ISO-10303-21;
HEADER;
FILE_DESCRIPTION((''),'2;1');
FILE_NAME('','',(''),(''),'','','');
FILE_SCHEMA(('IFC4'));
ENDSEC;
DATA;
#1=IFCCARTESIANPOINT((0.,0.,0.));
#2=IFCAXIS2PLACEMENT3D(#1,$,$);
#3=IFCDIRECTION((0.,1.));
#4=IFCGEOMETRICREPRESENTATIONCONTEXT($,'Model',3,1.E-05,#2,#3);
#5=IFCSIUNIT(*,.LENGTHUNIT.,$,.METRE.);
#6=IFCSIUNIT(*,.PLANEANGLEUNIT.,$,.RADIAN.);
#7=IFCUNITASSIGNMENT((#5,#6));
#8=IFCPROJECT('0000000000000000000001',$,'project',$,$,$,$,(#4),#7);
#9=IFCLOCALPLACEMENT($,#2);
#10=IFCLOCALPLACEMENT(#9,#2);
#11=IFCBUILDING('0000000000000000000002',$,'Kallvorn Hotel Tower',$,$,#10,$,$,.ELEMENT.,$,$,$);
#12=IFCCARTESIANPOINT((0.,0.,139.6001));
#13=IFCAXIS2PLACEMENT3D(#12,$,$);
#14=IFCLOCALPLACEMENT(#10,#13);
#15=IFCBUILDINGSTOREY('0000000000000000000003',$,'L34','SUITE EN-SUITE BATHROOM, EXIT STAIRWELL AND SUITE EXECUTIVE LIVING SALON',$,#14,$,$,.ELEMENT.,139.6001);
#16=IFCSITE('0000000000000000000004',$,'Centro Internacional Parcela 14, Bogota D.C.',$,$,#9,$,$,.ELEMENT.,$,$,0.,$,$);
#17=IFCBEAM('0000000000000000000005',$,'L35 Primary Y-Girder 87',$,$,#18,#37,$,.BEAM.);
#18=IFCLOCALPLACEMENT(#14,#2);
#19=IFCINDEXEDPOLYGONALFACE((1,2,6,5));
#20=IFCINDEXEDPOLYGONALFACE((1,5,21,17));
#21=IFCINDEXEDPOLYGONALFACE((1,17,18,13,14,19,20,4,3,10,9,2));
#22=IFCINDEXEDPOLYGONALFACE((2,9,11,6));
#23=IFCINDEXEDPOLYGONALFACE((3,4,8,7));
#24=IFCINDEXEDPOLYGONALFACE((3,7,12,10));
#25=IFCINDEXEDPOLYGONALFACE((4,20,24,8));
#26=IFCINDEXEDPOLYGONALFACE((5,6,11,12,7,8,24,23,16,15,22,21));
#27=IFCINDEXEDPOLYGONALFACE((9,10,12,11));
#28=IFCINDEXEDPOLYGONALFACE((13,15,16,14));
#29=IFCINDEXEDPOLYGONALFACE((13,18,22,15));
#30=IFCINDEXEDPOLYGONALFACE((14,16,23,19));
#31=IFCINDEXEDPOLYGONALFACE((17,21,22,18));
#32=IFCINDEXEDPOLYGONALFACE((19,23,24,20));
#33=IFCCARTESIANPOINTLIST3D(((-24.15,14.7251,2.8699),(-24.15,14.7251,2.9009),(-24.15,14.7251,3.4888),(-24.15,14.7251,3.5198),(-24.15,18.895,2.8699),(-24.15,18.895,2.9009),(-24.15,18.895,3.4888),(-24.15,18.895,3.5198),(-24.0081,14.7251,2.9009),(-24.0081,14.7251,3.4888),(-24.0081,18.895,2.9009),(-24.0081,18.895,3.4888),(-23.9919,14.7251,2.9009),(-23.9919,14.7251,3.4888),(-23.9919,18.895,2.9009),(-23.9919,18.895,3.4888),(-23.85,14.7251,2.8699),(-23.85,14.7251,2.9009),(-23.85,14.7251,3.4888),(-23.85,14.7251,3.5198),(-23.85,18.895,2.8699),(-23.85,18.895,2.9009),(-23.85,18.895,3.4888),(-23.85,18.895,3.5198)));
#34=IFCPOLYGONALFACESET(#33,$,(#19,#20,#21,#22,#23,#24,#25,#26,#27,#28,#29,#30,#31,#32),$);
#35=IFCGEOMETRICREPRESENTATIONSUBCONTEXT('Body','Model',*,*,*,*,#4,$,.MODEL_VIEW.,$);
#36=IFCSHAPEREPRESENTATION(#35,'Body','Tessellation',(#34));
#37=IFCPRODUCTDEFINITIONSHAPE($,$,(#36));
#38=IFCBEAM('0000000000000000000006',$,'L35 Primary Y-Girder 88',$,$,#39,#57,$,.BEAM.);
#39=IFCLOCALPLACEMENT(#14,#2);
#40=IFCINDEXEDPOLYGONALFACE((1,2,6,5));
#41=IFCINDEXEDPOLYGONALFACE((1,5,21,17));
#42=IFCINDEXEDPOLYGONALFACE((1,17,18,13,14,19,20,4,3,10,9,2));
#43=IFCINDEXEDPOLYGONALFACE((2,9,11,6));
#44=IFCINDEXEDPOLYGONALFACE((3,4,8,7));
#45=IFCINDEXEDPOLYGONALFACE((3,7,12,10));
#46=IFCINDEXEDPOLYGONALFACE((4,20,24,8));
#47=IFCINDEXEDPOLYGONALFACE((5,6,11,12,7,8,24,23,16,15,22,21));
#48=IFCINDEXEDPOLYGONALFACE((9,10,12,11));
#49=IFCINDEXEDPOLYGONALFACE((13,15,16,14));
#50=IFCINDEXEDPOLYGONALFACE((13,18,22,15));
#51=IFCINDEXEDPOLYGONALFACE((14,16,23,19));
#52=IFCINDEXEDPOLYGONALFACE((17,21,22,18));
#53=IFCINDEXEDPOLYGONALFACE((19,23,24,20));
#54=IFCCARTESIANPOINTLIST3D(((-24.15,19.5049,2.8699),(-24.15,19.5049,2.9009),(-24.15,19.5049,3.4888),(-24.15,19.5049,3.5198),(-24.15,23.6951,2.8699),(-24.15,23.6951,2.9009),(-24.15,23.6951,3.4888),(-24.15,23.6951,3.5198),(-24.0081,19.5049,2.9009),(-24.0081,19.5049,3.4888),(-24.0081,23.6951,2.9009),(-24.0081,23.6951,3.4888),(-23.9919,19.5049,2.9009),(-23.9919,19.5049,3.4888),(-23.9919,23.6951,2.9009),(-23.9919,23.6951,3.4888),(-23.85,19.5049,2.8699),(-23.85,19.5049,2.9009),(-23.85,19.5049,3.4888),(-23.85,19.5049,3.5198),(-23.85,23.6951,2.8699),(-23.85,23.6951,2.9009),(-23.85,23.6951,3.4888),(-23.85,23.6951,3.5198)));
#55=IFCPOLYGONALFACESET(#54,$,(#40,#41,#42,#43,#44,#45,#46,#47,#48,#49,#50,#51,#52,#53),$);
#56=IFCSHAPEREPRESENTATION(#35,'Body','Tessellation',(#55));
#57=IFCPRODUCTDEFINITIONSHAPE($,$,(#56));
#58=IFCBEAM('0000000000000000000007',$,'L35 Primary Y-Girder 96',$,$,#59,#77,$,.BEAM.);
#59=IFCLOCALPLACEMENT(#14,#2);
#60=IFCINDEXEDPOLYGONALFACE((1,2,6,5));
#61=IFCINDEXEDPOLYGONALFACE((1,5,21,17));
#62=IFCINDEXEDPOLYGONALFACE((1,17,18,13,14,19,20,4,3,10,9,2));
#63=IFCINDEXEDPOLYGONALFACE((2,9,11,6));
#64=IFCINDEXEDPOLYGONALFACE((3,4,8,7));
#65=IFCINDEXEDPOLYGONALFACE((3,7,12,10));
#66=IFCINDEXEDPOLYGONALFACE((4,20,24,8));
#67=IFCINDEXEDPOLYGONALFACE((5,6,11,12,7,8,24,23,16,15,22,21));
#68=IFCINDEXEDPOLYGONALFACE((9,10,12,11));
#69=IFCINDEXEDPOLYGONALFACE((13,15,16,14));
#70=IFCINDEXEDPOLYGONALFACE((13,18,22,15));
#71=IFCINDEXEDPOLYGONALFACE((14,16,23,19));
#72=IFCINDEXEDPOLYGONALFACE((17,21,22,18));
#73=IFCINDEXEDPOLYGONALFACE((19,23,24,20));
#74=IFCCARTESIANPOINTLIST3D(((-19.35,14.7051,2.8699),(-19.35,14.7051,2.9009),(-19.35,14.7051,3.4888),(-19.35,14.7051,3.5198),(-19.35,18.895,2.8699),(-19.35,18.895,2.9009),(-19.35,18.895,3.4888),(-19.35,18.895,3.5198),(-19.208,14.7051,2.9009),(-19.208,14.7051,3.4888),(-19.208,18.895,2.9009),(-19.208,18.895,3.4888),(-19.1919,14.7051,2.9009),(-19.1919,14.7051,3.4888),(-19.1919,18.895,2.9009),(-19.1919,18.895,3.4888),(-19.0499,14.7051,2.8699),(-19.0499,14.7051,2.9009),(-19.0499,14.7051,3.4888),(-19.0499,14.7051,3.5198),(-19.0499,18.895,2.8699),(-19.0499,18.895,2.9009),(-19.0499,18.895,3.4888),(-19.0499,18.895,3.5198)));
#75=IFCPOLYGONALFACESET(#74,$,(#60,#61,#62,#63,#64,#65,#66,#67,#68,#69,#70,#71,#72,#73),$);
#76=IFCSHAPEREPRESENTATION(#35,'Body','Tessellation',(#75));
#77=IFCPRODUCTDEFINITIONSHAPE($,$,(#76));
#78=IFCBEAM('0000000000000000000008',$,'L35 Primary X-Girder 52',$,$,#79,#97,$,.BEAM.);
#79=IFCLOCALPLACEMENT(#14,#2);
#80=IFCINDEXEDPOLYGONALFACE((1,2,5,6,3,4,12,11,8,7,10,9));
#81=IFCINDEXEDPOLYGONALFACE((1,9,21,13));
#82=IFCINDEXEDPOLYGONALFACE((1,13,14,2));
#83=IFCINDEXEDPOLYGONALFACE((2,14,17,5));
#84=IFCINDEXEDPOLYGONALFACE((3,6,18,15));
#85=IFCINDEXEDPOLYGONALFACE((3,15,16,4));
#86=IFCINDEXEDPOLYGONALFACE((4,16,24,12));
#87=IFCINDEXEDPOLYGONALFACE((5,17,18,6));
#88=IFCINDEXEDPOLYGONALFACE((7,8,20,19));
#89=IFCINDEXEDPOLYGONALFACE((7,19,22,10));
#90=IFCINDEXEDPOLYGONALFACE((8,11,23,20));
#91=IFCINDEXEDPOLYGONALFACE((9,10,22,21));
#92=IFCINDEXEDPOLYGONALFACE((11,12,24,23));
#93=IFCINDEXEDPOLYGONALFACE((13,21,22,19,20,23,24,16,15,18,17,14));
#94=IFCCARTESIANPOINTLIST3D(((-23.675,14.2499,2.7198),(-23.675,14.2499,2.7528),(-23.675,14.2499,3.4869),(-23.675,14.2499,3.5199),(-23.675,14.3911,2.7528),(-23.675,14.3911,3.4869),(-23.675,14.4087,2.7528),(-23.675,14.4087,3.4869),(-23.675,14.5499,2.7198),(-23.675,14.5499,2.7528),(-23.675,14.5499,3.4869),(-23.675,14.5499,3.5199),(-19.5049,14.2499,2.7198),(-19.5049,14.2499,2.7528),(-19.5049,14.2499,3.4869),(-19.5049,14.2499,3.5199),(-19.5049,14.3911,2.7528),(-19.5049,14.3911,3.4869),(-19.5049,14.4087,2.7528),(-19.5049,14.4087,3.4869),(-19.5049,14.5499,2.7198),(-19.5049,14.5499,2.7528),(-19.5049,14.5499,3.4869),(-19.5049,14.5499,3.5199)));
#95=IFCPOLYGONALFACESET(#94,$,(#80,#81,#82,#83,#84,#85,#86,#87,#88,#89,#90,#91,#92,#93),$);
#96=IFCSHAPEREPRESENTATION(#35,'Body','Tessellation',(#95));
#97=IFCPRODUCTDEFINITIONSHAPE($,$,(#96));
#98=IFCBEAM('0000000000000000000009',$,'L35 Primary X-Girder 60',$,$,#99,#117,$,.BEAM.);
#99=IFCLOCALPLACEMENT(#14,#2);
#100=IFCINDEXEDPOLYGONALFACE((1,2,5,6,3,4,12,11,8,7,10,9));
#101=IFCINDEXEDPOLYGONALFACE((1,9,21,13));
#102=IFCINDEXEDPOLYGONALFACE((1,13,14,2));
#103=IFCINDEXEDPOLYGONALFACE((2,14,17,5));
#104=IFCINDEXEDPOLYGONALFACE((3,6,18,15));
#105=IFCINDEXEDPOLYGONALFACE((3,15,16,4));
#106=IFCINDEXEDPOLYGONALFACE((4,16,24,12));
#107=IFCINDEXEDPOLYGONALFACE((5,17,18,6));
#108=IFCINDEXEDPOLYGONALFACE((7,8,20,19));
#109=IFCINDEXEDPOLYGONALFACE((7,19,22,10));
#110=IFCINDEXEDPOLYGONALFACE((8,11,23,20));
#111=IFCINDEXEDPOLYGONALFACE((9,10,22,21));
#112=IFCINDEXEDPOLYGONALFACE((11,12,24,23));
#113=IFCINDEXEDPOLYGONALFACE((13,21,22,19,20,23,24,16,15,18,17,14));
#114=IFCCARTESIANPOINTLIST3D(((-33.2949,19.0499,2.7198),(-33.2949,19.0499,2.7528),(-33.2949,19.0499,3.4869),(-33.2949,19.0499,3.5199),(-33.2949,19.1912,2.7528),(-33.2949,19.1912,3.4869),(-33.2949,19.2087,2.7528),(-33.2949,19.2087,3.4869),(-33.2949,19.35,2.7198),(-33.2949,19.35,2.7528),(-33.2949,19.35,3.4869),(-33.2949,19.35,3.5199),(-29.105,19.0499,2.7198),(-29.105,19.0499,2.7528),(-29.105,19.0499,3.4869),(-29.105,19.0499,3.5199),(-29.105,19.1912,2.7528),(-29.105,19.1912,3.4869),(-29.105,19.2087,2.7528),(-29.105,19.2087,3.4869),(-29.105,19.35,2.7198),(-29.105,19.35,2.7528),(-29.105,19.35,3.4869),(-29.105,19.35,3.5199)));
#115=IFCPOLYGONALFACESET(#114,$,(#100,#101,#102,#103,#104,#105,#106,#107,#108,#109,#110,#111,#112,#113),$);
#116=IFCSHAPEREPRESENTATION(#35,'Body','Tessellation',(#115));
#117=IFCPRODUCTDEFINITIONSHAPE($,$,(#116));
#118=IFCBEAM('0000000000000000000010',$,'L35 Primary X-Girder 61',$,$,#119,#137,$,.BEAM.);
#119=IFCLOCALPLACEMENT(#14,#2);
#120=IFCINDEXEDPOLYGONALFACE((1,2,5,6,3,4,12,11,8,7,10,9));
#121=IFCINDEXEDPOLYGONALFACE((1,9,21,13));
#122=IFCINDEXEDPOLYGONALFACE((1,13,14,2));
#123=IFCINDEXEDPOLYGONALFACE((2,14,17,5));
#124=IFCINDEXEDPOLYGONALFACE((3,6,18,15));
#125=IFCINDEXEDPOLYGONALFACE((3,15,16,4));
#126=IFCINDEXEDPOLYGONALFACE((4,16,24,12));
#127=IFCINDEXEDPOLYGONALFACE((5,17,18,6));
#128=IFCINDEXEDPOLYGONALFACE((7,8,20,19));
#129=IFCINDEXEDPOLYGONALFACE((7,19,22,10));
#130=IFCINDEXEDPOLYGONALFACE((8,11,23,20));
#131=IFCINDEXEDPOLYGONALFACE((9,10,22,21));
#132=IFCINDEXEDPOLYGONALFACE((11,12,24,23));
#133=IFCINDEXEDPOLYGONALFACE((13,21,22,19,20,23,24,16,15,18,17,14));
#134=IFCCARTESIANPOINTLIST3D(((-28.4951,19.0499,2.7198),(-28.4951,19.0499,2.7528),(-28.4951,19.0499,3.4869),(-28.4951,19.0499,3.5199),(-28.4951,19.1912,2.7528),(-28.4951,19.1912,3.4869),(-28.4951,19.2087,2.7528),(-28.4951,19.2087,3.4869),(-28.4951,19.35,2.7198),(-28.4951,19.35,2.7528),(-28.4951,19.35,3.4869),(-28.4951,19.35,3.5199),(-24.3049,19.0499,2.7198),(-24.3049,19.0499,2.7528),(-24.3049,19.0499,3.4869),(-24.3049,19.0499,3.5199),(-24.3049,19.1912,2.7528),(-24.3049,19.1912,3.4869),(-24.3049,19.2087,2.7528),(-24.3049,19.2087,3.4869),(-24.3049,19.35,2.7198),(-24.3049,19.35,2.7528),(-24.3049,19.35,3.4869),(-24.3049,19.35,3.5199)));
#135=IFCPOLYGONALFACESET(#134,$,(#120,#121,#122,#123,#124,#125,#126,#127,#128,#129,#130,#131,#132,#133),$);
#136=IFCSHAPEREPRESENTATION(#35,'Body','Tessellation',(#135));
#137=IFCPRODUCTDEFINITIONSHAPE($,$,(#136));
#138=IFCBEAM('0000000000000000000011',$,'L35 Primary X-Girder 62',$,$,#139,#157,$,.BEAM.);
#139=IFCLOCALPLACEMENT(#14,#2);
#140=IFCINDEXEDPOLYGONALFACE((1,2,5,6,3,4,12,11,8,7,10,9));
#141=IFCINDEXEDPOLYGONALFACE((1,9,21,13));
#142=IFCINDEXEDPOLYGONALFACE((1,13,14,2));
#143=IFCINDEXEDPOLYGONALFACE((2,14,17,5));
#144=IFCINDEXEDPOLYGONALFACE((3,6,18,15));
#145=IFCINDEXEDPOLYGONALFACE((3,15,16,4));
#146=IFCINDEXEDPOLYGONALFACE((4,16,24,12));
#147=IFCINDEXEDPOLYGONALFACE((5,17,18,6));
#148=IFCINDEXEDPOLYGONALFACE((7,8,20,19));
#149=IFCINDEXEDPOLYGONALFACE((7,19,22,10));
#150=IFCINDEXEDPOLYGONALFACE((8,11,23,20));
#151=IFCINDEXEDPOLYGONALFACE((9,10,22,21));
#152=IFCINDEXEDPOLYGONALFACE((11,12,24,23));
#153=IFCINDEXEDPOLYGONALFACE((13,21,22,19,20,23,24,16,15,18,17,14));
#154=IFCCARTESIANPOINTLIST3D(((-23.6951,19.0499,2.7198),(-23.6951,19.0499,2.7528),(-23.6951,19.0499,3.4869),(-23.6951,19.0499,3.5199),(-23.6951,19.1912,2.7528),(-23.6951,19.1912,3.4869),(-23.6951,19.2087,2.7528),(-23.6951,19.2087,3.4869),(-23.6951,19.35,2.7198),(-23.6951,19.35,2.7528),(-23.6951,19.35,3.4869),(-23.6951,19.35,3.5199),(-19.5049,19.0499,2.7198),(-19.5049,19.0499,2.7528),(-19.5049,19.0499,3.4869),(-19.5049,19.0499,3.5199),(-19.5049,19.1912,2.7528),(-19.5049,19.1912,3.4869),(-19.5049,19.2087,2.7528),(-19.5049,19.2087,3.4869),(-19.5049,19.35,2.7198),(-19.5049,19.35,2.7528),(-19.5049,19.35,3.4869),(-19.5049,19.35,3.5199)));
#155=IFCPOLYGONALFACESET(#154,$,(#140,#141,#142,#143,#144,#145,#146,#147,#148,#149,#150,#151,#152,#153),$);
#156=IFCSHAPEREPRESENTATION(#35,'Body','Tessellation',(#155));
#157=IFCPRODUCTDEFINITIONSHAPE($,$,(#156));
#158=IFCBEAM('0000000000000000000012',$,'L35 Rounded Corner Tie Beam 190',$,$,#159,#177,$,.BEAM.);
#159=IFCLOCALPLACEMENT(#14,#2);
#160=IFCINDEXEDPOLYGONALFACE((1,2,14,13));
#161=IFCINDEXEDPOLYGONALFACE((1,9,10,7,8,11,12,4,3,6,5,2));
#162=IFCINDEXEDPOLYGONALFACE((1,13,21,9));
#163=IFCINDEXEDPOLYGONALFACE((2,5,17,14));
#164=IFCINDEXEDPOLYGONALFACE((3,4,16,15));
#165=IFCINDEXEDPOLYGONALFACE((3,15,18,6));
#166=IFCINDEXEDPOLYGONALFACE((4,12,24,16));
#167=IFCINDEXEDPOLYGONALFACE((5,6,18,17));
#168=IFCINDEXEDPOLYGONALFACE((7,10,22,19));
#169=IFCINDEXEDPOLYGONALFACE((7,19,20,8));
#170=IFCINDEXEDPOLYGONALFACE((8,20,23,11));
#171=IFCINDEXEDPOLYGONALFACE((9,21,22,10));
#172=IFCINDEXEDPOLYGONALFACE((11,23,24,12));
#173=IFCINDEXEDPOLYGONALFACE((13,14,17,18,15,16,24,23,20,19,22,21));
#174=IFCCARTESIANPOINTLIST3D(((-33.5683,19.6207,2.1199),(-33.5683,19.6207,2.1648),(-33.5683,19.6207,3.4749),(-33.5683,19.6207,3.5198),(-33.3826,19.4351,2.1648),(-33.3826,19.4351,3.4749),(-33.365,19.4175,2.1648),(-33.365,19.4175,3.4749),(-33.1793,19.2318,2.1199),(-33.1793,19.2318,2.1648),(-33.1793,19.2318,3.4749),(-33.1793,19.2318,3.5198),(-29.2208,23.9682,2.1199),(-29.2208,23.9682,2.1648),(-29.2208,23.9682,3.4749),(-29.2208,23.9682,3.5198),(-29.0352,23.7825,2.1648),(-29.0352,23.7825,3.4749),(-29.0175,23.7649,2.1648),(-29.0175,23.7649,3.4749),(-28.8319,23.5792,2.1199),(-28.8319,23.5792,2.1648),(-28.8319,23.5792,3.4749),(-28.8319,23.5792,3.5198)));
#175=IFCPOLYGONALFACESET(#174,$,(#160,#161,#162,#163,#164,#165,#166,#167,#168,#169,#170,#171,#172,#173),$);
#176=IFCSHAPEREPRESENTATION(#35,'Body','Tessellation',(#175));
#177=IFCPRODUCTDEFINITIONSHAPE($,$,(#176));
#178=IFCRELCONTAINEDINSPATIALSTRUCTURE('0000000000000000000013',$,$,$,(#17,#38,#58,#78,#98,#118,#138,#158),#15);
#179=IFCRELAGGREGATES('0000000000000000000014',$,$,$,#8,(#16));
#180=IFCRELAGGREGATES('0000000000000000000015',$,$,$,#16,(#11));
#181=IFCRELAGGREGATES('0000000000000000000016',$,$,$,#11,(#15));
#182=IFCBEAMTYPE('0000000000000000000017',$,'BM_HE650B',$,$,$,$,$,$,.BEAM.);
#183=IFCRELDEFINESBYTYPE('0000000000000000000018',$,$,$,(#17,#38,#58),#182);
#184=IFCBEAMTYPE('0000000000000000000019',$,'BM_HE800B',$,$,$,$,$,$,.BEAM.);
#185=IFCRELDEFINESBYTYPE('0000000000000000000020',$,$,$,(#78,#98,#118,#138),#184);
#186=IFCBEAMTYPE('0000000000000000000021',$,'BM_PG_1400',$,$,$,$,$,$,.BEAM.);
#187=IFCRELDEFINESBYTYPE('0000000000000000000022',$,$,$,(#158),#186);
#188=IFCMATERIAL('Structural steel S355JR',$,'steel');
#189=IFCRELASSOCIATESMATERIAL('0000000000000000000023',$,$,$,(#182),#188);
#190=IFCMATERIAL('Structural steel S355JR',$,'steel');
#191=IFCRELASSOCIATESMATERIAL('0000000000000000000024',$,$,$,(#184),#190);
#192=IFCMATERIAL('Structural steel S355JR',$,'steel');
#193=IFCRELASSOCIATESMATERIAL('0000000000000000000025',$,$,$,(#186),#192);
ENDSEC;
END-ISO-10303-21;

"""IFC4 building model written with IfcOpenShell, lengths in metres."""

from ifc_helpers import new_model, si_unit, direction, frame, origin, origin_2d, place, context, subcontext, project, spatial, i_section, extrude, material, material_profile, profile_set, type_object, element, save


model = new_model("IFC4")

# Units and contexts
model_context = context("Model", 3, precision=1e-05, world=origin(), true_north=direction((0.0, 1.0)))
body_context = subcontext(model_context, "Body", "Model", "MODEL_VIEW")
ifc_project = project(units=[si_unit("LENGTHUNIT", "METRE"), si_unit("PLANEANGLEUNIT", "RADIAN")], contexts=[model_context])

# Site, building, storey
site_placement = place(None, origin())
site = spatial("IfcSite", under=ifc_project, at=site_placement, Name="Centro Internacional Parcela 14, Bogota D.C.", CompositionType="ELEMENT", RefElevation=0.0)
building_placement = place(site_placement, origin())
building = spatial("IfcBuilding", under=site, at=building_placement, Name="Kallvorn Hotel Tower", CompositionType="ELEMENT")
storey_placement = place(building_placement, frame((0.0, 0.0, 139.6001)))
storey = spatial("IfcBuildingStorey", under=building, at=storey_placement, Name="L34", Description="SUITE EN-SUITE BATHROOM, EXIT STAIRWELL AND SUITE EXECUTIVE LIVING SALON", CompositionType="ELEMENT", Elevation=139.6001)

# Beams
ifc_material_1 = material(Name="Structural steel S355JR", Category="steel")
ifc_material_profile_1 = material_profile(ifc_material_1, i_section(OverallWidth=0.3, OverallDepth=0.6499, WebThickness=0.0161, FlangeThickness=0.031, at=origin_2d()), Name="HE 650 B")
ifc_profile_set_1 = profile_set([ifc_material_profile_1], Name="Structural steel S355JR")
beam_type_1 = type_object("IfcBeamType", Name="BM_HE650B", PredefinedType="BEAM", material=ifc_profile_set_1)
beam_1_placement = place(storey_placement, frame((-24.0, 14.7251, 3.1948), z_axis=(0.0, 1.0, 0.0), x_axis=(-1.0, 0.0, 0.0)))
element("IfcBeam", 1, at=beam_1_placement, inside=storey, type_object=beam_type_1, Name="L35 Primary Y-Girder 87", PredefinedType="BEAM", context=body_context, shape_type="SweptSolid", body=[
    extrude(i_section(OverallWidth=0.3, OverallDepth=0.6499, WebThickness=0.0161, FlangeThickness=0.031, at=origin_2d()), origin(), (0.0, 0.0, 1.0), 4.1699),
])
beam_2_placement = place(storey_placement, frame((-24.0, 19.5049, 3.1948), z_axis=(0.0, 1.0, 0.0), x_axis=(-1.0, 0.0, 0.0)))
element("IfcBeam", 2, at=beam_2_placement, inside=storey, type_object=beam_type_1, Name="L35 Primary Y-Girder 88", PredefinedType="BEAM", context=body_context, shape_type="SweptSolid", body=[
    extrude(i_section(OverallWidth=0.3, OverallDepth=0.6499, WebThickness=0.0161, FlangeThickness=0.031, at=origin_2d()), origin(), (0.0, 0.0, 1.0), 4.1902),
])
beam_3_placement = place(storey_placement, frame((-19.2, 14.7051, 3.1948), z_axis=(0.0, 1.0, 0.0), x_axis=(-1.0, 0.0, 0.0)))
element("IfcBeam", 3, at=beam_3_placement, inside=storey, type_object=beam_type_1, Name="L35 Primary Y-Girder 96", PredefinedType="BEAM", context=body_context, shape_type="SweptSolid", body=[
    extrude(i_section(OverallWidth=0.3, OverallDepth=0.6499, WebThickness=0.0161, FlangeThickness=0.031, at=origin_2d()), origin(), (0.0, 0.0, 1.0), 4.1899),
])
ifc_material_2 = material(Name="Structural steel S355JR", Category="steel")
ifc_material_profile_2 = material_profile(ifc_material_2, i_section(OverallWidth=0.3, OverallDepth=0.8, WebThickness=0.0176, FlangeThickness=0.033, at=origin_2d()), Name="HE 800 B")
ifc_profile_set_2 = profile_set([ifc_material_profile_2], Name="Structural steel S355JR")
beam_type_2 = type_object("IfcBeamType", Name="BM_HE800B", PredefinedType="BEAM", material=ifc_profile_set_2)
beam_4_placement = place(storey_placement, frame((-23.675, 14.3999, 3.1199), z_axis=(1.0, 0.0, 0.0), x_axis=(0.0, 1.0, 0.0)))
element("IfcBeam", 4, at=beam_4_placement, inside=storey, type_object=beam_type_2, Name="L35 Primary X-Girder 52", PredefinedType="BEAM", context=body_context, shape_type="SweptSolid", body=[
    extrude(i_section(OverallWidth=0.3, OverallDepth=0.8, WebThickness=0.0176, FlangeThickness=0.033, at=origin_2d()), origin(), (0.0, 0.0, 1.0), 4.1702),
])
beam_5_placement = place(storey_placement, frame((-33.2949, 19.2, 3.1199), z_axis=(1.0, 0.0, 0.0), x_axis=(0.0, 1.0, 0.0)))
element("IfcBeam", 5, at=beam_5_placement, inside=storey, type_object=beam_type_2, Name="L35 Primary X-Girder 60", PredefinedType="BEAM", context=body_context, shape_type="SweptSolid", body=[
    extrude(i_section(OverallWidth=0.3, OverallDepth=0.8, WebThickness=0.0176, FlangeThickness=0.033, at=origin_2d()), origin(), (0.0, 0.0, 1.0), 4.1899),
])
for number, where, z_axis, x_axis, name in (
    (6, (-28.4951, 19.2, 3.1199), (1.0, 0.0, 0.0), (0.0, 1.0, 0.0), "L35 Primary X-Girder 61"),
    (7, (-23.6951, 19.2, 3.1199), (1.0, 0.0, 0.0), (0.0, 1.0, 0.0), "L35 Primary X-Girder 62"),
):
    element("IfcBeam", number, at=place(storey_placement, frame(where, z_axis=z_axis, x_axis=x_axis)), inside=storey, type_object=beam_type_2, Name=name, PredefinedType="BEAM", context=body_context, shape_type="SweptSolid", body=[
        extrude(i_section(OverallWidth=0.3, OverallDepth=0.8, WebThickness=0.0176, FlangeThickness=0.033, at=origin_2d()), origin(), (0.0, 0.0, 1.0), 4.1902),
    ])
ifc_material_3 = material(Name="Structural steel S355JR", Category="steel")
ifc_material_profile_3 = material_profile(ifc_material_3, i_section(OverallWidth=0.55, OverallDepth=1.3999, WebThickness=0.0249, FlangeThickness=0.0449, at=origin_2d()), Name="PG 1400x550x25x45")
ifc_profile_set_3 = profile_set([ifc_material_profile_3], Name="Structural steel S355JR")
beam_type_3 = type_object("IfcBeamType", Name="BM_PG_1400", PredefinedType="BEAM", material=ifc_profile_set_3)
beam_6_placement = place(storey_placement, frame((-33.3738, 19.4263, 2.8198), z_axis=(0.707107, 0.707107, 0.0), x_axis=(-0.707107, 0.707107, 0.0)))
element("IfcBeam", 8, at=beam_6_placement, inside=storey, type_object=beam_type_3, Name="L35 Rounded Corner Tie Beam 190", PredefinedType="BEAM", context=body_context, shape_type="SweptSolid", body=[
    extrude(i_section(OverallWidth=0.55, OverallDepth=1.3999, WebThickness=0.0249, FlangeThickness=0.0449, at=origin_2d()), origin(), (0.0, 0.0, 1.0), 6.1482),
])

save(model, "model.ifc")
